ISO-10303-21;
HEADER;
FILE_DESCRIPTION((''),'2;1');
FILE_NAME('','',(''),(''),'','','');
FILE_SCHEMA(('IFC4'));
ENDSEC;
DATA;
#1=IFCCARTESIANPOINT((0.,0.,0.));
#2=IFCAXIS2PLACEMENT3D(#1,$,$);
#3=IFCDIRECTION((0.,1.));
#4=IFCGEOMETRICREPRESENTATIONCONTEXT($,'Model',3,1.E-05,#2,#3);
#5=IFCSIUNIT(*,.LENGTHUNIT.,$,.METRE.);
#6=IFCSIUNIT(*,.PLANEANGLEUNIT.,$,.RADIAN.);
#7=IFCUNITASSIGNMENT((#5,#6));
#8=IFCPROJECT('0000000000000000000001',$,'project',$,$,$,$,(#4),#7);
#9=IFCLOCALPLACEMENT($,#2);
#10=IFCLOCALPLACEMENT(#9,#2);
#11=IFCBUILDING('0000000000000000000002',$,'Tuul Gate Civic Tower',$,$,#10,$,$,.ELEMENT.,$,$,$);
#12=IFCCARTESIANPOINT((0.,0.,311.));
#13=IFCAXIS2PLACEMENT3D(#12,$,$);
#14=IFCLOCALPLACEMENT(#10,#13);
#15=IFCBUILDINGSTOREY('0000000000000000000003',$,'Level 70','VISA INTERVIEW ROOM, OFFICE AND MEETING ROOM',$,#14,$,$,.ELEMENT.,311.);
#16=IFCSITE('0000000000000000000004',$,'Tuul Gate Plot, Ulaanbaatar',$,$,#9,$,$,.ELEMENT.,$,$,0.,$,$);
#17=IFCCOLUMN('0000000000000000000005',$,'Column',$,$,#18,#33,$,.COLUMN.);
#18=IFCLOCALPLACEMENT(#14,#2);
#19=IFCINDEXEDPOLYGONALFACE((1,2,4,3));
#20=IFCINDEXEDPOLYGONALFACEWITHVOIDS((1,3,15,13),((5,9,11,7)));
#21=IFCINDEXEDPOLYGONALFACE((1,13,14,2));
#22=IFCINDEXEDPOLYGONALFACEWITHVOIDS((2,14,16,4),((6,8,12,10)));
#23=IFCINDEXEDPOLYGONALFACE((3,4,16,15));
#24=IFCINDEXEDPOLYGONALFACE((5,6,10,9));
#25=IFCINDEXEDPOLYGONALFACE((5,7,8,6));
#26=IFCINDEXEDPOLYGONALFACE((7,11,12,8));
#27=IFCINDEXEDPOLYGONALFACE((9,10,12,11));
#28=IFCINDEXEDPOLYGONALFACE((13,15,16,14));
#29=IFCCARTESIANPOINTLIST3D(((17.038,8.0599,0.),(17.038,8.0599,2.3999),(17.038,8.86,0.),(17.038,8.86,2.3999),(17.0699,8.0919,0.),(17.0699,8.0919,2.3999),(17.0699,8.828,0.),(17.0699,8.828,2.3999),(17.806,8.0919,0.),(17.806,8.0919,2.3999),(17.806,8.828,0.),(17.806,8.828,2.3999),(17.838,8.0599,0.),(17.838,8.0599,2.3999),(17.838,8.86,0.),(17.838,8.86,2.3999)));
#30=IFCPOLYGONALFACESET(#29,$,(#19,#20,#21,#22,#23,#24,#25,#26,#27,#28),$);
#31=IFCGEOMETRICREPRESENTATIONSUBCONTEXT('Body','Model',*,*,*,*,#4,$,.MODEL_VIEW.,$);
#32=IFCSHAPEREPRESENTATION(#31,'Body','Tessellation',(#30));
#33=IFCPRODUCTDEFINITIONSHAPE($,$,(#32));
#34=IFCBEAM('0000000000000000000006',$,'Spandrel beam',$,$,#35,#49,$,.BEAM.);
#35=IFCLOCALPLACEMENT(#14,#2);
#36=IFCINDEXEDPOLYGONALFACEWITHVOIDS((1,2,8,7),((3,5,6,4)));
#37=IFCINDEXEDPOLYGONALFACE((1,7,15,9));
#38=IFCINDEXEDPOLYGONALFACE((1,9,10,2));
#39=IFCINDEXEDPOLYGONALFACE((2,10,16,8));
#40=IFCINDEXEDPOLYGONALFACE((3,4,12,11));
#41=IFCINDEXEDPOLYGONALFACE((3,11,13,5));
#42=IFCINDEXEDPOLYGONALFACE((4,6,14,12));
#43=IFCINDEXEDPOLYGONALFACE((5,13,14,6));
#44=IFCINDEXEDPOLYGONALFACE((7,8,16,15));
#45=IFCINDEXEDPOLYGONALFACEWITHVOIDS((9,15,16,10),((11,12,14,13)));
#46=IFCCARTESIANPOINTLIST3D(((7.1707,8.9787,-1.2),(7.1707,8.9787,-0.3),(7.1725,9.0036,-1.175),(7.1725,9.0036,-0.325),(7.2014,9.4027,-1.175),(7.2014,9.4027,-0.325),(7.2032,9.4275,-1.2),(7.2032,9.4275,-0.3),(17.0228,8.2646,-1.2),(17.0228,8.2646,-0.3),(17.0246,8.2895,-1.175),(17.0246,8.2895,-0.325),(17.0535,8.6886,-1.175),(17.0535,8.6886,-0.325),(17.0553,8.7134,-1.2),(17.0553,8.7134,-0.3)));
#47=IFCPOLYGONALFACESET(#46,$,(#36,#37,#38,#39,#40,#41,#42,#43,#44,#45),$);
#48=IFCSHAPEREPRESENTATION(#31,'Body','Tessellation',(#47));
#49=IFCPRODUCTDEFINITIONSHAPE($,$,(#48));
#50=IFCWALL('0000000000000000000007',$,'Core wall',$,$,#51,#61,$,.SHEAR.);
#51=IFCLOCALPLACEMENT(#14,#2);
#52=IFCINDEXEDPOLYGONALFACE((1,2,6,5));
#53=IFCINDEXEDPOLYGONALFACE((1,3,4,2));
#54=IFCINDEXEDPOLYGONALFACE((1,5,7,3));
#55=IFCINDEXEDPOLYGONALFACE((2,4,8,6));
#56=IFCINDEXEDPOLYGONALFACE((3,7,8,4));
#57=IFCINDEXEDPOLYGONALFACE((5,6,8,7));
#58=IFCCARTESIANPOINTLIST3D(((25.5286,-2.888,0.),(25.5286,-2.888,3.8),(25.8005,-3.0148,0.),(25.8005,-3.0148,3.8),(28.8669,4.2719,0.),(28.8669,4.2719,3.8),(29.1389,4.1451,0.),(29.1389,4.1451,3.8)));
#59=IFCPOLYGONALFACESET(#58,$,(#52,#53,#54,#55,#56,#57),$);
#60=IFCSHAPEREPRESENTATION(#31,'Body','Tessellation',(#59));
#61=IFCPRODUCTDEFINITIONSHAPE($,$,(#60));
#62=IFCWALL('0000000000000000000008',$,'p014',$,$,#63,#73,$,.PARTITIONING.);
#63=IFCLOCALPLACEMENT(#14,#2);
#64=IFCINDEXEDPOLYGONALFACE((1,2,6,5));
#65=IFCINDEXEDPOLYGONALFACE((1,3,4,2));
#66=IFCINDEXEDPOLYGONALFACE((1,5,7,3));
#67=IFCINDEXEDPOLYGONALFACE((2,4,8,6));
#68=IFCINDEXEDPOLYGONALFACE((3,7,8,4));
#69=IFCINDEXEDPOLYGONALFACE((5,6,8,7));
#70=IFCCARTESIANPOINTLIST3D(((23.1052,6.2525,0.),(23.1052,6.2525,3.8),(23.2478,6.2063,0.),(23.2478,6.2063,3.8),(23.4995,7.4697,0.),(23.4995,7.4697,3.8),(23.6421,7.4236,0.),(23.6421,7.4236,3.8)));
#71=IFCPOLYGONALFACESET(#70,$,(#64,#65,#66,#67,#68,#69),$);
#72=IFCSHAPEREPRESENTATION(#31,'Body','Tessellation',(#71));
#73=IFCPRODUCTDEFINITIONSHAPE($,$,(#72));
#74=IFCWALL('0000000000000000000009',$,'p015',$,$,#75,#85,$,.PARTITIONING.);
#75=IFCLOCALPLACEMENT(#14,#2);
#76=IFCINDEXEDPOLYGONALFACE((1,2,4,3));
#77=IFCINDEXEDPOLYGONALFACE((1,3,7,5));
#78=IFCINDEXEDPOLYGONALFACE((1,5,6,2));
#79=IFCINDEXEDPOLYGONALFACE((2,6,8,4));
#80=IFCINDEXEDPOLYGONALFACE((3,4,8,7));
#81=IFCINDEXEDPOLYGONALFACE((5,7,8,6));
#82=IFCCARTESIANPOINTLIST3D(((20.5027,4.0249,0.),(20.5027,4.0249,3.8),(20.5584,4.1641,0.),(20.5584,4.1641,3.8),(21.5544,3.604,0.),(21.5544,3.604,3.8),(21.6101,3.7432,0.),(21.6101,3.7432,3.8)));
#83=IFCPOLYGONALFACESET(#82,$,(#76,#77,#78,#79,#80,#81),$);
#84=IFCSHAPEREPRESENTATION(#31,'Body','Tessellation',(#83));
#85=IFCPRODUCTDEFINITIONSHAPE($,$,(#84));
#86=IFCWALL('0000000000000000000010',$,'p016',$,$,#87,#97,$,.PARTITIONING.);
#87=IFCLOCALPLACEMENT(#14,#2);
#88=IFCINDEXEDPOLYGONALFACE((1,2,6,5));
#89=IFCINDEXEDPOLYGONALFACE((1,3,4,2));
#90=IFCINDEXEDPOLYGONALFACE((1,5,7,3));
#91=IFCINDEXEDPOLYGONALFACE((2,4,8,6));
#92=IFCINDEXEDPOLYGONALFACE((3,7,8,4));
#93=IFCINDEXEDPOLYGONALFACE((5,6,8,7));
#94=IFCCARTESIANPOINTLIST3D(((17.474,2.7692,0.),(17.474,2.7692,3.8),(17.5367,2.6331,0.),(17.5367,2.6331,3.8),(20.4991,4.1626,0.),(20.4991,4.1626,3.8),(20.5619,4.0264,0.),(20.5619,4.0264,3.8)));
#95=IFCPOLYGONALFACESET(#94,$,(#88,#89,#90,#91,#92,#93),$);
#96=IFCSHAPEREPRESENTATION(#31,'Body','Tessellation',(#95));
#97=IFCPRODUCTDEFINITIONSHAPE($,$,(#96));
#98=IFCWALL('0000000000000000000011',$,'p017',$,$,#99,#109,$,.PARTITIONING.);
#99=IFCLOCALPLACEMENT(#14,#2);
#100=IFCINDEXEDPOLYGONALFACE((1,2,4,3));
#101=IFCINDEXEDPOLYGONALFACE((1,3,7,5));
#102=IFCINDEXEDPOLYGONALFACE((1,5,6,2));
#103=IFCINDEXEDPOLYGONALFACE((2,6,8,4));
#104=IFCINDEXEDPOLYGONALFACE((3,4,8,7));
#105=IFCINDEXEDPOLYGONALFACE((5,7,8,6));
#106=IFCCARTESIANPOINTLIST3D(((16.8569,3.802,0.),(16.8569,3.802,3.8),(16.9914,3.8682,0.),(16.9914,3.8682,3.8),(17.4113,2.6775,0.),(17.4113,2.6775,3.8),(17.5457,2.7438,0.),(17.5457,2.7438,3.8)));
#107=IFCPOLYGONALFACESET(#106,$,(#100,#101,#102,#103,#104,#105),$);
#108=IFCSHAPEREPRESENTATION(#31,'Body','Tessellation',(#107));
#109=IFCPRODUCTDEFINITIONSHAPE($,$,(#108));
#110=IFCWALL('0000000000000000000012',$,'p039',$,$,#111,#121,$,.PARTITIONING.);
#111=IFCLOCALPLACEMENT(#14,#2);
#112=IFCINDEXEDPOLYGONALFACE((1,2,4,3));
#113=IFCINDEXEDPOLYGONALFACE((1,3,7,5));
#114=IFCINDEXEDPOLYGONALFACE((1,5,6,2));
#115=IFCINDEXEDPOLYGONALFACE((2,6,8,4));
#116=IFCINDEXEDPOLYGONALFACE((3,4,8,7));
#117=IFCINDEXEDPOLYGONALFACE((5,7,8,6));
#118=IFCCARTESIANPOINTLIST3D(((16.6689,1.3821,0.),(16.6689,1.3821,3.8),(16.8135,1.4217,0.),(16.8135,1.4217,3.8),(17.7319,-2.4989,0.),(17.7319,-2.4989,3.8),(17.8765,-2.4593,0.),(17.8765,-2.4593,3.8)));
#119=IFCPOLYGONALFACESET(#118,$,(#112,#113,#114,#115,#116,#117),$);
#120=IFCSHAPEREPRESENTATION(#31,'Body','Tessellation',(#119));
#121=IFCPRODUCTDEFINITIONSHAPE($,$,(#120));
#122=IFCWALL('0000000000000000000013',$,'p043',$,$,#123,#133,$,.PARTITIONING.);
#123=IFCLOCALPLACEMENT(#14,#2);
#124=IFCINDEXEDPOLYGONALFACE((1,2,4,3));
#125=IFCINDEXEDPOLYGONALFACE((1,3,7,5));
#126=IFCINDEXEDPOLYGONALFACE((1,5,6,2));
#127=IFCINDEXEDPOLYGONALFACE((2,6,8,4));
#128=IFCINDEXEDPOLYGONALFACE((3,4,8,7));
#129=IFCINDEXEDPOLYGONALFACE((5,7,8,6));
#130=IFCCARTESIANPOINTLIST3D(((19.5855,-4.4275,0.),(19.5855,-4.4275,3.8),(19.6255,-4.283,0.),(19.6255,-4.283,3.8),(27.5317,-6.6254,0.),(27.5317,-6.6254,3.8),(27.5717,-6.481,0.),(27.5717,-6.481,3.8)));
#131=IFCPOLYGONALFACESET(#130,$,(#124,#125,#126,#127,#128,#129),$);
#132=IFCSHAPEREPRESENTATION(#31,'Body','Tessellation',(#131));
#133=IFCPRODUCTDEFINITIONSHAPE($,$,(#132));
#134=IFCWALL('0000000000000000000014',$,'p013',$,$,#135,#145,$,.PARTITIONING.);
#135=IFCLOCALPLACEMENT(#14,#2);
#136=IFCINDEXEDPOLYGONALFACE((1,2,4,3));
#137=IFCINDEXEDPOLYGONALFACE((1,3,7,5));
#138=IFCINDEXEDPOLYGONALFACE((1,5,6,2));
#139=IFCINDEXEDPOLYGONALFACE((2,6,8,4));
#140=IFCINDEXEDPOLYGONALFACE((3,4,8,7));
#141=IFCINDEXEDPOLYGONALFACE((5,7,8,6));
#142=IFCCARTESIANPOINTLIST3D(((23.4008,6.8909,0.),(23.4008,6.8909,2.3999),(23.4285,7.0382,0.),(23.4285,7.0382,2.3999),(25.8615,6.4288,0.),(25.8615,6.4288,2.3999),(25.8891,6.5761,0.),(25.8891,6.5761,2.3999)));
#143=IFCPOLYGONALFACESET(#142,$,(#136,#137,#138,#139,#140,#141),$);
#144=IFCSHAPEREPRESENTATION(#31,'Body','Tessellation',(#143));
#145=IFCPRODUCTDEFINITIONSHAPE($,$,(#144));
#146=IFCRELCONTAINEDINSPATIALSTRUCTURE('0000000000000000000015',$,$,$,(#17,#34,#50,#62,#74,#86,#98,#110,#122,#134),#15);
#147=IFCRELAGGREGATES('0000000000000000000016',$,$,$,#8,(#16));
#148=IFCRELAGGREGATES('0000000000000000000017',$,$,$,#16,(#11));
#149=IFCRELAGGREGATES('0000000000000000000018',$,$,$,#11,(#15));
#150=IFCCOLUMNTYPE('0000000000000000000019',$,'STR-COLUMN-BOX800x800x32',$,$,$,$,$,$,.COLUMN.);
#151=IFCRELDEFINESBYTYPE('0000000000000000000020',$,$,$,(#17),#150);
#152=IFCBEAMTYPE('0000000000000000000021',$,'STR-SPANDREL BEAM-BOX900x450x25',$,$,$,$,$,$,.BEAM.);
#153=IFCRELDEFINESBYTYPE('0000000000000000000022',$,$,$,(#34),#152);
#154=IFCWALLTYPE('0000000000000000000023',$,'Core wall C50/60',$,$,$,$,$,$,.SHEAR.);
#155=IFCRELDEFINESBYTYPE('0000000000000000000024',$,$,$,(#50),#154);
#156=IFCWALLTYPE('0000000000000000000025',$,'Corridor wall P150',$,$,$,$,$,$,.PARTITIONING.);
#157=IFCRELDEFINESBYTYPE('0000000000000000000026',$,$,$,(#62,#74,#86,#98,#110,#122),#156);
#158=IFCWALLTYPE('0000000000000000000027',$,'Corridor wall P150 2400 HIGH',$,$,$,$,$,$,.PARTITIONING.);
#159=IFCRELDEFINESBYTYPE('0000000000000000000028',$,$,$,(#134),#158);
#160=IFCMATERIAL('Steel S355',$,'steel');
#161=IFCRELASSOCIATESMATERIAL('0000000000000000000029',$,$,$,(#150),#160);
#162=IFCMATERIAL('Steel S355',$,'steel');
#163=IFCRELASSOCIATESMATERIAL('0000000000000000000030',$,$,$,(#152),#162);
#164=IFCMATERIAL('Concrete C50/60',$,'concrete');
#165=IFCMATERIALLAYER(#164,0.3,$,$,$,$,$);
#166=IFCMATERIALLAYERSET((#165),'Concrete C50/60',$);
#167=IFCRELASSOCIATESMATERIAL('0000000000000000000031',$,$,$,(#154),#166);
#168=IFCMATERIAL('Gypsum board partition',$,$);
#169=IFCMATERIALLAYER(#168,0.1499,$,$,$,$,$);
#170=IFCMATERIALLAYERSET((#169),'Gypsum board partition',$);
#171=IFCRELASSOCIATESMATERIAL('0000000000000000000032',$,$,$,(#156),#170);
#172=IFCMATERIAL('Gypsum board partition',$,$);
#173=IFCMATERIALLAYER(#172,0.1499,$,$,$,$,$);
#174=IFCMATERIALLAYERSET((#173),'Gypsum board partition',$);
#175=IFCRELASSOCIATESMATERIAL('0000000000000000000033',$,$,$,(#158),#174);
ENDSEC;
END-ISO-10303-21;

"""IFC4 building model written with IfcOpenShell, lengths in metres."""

from ifc_helpers import new_model, si_unit, direction, frame, frame_2d, origin, origin_2d, place, context, subcontext, project, spatial, rectangle, hollow_rectangle, extrude, material, layer, layer_set, material_profile, profile_set, type_object, element, save


model = new_model("IFC4")

# Units and contexts
model_context = context("Model", 3, precision=1e-05, world=origin(), true_north=direction((0.0, 1.0)))
body_context = subcontext(model_context, "Body", "Model", "MODEL_VIEW")
ifc_project = project(units=[si_unit("LENGTHUNIT", "METRE"), si_unit("PLANEANGLEUNIT", "RADIAN")], contexts=[model_context])

# Site, building, storey
site_placement = place(None, origin())
site = spatial("IfcSite", under=ifc_project, at=site_placement, Name="Tuul Gate Plot, Ulaanbaatar", CompositionType="ELEMENT", RefElevation=0.0)
building_placement = place(site_placement, origin())
building = spatial("IfcBuilding", under=site, at=building_placement, Name="Tuul Gate Civic Tower", CompositionType="ELEMENT")
storey_placement = place(building_placement, frame((0.0, 0.0, 311.0)))
storey = spatial("IfcBuildingStorey", under=building, at=storey_placement, Name="Level 70", Description="VISA INTERVIEW ROOM, OFFICE AND MEETING ROOM", CompositionType="ELEMENT", Elevation=311.0)

# Column
ifc_material_1 = material(Name="Steel S355", Category="steel")
ifc_material_profile_1 = material_profile(ifc_material_1, hollow_rectangle(XDim=0.8, YDim=0.8, WallThickness=0.032, at=origin_2d()), Name="BOX800x800x32")
ifc_profile_set_1 = profile_set([ifc_material_profile_1], Name="Steel S355")
column_type = type_object("IfcColumnType", Name="STR-COLUMN-BOX800x800x32", PredefinedType="COLUMN", material=ifc_profile_set_1)
column_placement = place(storey_placement, frame((17.438, 8.46, 0.0), z_axis=(0.0, 0.0, 1.0), x_axis=(1.0, 0.0, 0.0)))
element("IfcColumn", 1, at=column_placement, inside=storey, type_object=column_type, Name="Column", PredefinedType="COLUMN", context=body_context, shape_type="SweptSolid", body=[
    extrude(hollow_rectangle(XDim=0.8, YDim=0.8, WallThickness=0.032, at=origin_2d()), origin(), (0.0, 0.0, 1.0), 2.3999),
])

# Beam
ifc_material_2 = material(Name="Steel S355", Category="steel")
ifc_material_profile_2 = material_profile(ifc_material_2, hollow_rectangle(XDim=0.45, YDim=0.8999, WallThickness=0.0249, at=origin_2d()), Name="BOX900x450x25")
ifc_profile_set_2 = profile_set([ifc_material_profile_2], Name="Steel S355")
beam_type = type_object("IfcBeamType", Name="STR-SPANDREL BEAM-BOX900x450x25", PredefinedType="BEAM", material=ifc_profile_set_2)
beam_placement = place(storey_placement, frame((17.0391, 8.489, -0.75), z_axis=(-0.997383, 0.072294, 0.0), x_axis=(-0.072294, -0.997383, 0.0)))
element("IfcBeam", 2, at=beam_placement, inside=storey, type_object=beam_type, Name="Spandrel beam", PredefinedType="BEAM", context=body_context, shape_type="SweptSolid", body=[
    extrude(hollow_rectangle(XDim=0.45, YDim=0.8999, WallThickness=0.0249, at=origin_2d()), origin(), (0.0, 0.0, 1.0), 9.8779),
])

# Walls
ifc_material_3 = material(Name="Concrete C50/60", Category="concrete")
ifc_layer_1 = layer(ifc_material_3, 0.3)
ifc_layer_set_1 = layer_set([ifc_layer_1], Name="Concrete C50/60")
wall_type_1 = type_object("IfcWallType", Name="Core wall C50/60", PredefinedType="SHEAR", material=ifc_layer_set_1)
wall_1_placement = place(storey_placement, frame((25.6646, -2.9514, 0.0), z_axis=(0.0, 0.0, 1.0), x_axis=(0.422583, 0.906324, 0.0)))
element("IfcWall", 3, at=wall_1_placement, inside=storey, type_object=wall_type_1, Name="Core wall", PredefinedType="SHEAR", context=body_context, shape_type="SweptSolid", body=[
    extrude(rectangle(XDim=7.8999, YDim=0.3, at=frame_2d((3.95, 0.0))), origin(), (0.0, 0.0, 1.0), 3.8),
])
ifc_material_4 = material(Name="Gypsum board partition")
ifc_layer_2 = layer(ifc_material_4, 0.1499)
ifc_layer_set_2 = layer_set([ifc_layer_2], Name="Gypsum board partition")
wall_type_2 = type_object("IfcWallType", Name="Corridor wall P150", PredefinedType="PARTITIONING", material=ifc_layer_set_2)
wall_2_placement = place(storey_placement, frame((23.1765, 6.2295, 0.0), z_axis=(0.0, 0.0, 1.0), x_axis=(0.308145, 0.951339, 0.0)))
element("IfcWall", 4, at=wall_2_placement, inside=storey, type_object=wall_type_2, Name="p014", PredefinedType="PARTITIONING", context=body_context, shape_type="SweptSolid", body=[
    extrude(rectangle(XDim=1.2795, YDim=0.1499, at=frame_2d((0.6396, 0.0))), origin(), (0.0, 0.0, 1.0), 3.8),
])
wall_3_placement = place(storey_placement, frame((20.5305, 4.0945, 0.0), z_axis=(0.0, 0.0, 1.0), x_axis=(0.928417, -0.371539, 0.0)))
element("IfcWall", 5, at=wall_3_placement, inside=storey, type_object=wall_type_2, Name="p015", PredefinedType="PARTITIONING", context=body_context, shape_type="SweptSolid", body=[
    extrude(rectangle(XDim=1.1328, YDim=0.1499, at=frame_2d((0.5664, 0.0))), origin(), (0.0, 0.0, 1.0), 3.8),
])
wall_4_placement = place(storey_placement, frame((17.5054, 2.7012, 0.0), z_axis=(0.0, 0.0, 1.0), x_axis=(0.908292, 0.418338, 0.0)))
element("IfcWall", 6, at=wall_4_placement, inside=storey, type_object=wall_type_2, Name="p016", PredefinedType="PARTITIONING", context=body_context, shape_type="SweptSolid", body=[
    extrude(rectangle(XDim=3.3306, YDim=0.1499, at=frame_2d((1.6653, 0.0))), origin(), (0.0, 0.0, 1.0), 3.8),
])
wall_5_placement = place(storey_placement, frame((16.9241, 3.8352, 0.0), z_axis=(0.0, 0.0, 1.0), x_axis=(0.442222, -0.896906, 0.0)))
element("IfcWall", 7, at=wall_5_placement, inside=storey, type_object=wall_type_2, Name="p017", PredefinedType="PARTITIONING", context=body_context, shape_type="SweptSolid", body=[
    extrude(rectangle(XDim=1.2537, YDim=0.1499, at=frame_2d((0.627, 0.0))), origin(), (0.0, 0.0, 1.0), 3.8),
])
wall_6_placement = place(storey_placement, frame((16.7412, 1.4019, 0.0), z_axis=(0.0, 0.0, 1.0), x_axis=(0.264175, -0.964475, 0.0)))
element("IfcWall", 8, at=wall_6_placement, inside=storey, type_object=wall_type_2, Name="p039", PredefinedType="PARTITIONING", context=body_context, shape_type="SweptSolid", body=[
    extrude(rectangle(XDim=4.0239, YDim=0.1499, at=frame_2d((2.012, 0.0))), origin(), (0.0, 0.0, 1.0), 3.8),
])
wall_7_placement = place(storey_placement, frame((19.6055, -4.3552, 0.0), z_axis=(0.0, 0.0, 1.0), x_axis=(0.963808, -0.266596, 0.0)))
element("IfcWall", 9, at=wall_7_placement, inside=storey, type_object=wall_type_2, Name="p043", PredefinedType="PARTITIONING", context=body_context, shape_type="SweptSolid", body=[
    extrude(rectangle(XDim=8.2446, YDim=0.1499, at=frame_2d((4.1223, 0.0))), origin(), (0.0, 0.0, 1.0), 3.8),
])
ifc_material_5 = material(Name="Gypsum board partition")
ifc_layer_3 = layer(ifc_material_5, 0.1499)
ifc_layer_set_3 = layer_set([ifc_layer_3], Name="Gypsum board partition")
wall_type_3 = type_object("IfcWallType", Name="Corridor wall P150 2400 HIGH", PredefinedType="PARTITIONING", material=ifc_layer_set_3)
wall_8_placement = place(storey_placement, frame((23.4146, 6.9646, 0.0), z_axis=(0.0, 0.0, 1.0), x_axis=(0.982816, -0.184589, 0.0)))
element("IfcWall", 10, at=wall_8_placement, inside=storey, type_object=wall_type_3, Name="p013", PredefinedType="PARTITIONING", context=body_context, shape_type="SweptSolid", body=[
    extrude(rectangle(XDim=2.5037, YDim=0.1499, at=frame_2d((1.252, 0.0))), origin(), (0.0, 0.0, 1.0), 2.3999),
])

save(model, "model.ifc")
